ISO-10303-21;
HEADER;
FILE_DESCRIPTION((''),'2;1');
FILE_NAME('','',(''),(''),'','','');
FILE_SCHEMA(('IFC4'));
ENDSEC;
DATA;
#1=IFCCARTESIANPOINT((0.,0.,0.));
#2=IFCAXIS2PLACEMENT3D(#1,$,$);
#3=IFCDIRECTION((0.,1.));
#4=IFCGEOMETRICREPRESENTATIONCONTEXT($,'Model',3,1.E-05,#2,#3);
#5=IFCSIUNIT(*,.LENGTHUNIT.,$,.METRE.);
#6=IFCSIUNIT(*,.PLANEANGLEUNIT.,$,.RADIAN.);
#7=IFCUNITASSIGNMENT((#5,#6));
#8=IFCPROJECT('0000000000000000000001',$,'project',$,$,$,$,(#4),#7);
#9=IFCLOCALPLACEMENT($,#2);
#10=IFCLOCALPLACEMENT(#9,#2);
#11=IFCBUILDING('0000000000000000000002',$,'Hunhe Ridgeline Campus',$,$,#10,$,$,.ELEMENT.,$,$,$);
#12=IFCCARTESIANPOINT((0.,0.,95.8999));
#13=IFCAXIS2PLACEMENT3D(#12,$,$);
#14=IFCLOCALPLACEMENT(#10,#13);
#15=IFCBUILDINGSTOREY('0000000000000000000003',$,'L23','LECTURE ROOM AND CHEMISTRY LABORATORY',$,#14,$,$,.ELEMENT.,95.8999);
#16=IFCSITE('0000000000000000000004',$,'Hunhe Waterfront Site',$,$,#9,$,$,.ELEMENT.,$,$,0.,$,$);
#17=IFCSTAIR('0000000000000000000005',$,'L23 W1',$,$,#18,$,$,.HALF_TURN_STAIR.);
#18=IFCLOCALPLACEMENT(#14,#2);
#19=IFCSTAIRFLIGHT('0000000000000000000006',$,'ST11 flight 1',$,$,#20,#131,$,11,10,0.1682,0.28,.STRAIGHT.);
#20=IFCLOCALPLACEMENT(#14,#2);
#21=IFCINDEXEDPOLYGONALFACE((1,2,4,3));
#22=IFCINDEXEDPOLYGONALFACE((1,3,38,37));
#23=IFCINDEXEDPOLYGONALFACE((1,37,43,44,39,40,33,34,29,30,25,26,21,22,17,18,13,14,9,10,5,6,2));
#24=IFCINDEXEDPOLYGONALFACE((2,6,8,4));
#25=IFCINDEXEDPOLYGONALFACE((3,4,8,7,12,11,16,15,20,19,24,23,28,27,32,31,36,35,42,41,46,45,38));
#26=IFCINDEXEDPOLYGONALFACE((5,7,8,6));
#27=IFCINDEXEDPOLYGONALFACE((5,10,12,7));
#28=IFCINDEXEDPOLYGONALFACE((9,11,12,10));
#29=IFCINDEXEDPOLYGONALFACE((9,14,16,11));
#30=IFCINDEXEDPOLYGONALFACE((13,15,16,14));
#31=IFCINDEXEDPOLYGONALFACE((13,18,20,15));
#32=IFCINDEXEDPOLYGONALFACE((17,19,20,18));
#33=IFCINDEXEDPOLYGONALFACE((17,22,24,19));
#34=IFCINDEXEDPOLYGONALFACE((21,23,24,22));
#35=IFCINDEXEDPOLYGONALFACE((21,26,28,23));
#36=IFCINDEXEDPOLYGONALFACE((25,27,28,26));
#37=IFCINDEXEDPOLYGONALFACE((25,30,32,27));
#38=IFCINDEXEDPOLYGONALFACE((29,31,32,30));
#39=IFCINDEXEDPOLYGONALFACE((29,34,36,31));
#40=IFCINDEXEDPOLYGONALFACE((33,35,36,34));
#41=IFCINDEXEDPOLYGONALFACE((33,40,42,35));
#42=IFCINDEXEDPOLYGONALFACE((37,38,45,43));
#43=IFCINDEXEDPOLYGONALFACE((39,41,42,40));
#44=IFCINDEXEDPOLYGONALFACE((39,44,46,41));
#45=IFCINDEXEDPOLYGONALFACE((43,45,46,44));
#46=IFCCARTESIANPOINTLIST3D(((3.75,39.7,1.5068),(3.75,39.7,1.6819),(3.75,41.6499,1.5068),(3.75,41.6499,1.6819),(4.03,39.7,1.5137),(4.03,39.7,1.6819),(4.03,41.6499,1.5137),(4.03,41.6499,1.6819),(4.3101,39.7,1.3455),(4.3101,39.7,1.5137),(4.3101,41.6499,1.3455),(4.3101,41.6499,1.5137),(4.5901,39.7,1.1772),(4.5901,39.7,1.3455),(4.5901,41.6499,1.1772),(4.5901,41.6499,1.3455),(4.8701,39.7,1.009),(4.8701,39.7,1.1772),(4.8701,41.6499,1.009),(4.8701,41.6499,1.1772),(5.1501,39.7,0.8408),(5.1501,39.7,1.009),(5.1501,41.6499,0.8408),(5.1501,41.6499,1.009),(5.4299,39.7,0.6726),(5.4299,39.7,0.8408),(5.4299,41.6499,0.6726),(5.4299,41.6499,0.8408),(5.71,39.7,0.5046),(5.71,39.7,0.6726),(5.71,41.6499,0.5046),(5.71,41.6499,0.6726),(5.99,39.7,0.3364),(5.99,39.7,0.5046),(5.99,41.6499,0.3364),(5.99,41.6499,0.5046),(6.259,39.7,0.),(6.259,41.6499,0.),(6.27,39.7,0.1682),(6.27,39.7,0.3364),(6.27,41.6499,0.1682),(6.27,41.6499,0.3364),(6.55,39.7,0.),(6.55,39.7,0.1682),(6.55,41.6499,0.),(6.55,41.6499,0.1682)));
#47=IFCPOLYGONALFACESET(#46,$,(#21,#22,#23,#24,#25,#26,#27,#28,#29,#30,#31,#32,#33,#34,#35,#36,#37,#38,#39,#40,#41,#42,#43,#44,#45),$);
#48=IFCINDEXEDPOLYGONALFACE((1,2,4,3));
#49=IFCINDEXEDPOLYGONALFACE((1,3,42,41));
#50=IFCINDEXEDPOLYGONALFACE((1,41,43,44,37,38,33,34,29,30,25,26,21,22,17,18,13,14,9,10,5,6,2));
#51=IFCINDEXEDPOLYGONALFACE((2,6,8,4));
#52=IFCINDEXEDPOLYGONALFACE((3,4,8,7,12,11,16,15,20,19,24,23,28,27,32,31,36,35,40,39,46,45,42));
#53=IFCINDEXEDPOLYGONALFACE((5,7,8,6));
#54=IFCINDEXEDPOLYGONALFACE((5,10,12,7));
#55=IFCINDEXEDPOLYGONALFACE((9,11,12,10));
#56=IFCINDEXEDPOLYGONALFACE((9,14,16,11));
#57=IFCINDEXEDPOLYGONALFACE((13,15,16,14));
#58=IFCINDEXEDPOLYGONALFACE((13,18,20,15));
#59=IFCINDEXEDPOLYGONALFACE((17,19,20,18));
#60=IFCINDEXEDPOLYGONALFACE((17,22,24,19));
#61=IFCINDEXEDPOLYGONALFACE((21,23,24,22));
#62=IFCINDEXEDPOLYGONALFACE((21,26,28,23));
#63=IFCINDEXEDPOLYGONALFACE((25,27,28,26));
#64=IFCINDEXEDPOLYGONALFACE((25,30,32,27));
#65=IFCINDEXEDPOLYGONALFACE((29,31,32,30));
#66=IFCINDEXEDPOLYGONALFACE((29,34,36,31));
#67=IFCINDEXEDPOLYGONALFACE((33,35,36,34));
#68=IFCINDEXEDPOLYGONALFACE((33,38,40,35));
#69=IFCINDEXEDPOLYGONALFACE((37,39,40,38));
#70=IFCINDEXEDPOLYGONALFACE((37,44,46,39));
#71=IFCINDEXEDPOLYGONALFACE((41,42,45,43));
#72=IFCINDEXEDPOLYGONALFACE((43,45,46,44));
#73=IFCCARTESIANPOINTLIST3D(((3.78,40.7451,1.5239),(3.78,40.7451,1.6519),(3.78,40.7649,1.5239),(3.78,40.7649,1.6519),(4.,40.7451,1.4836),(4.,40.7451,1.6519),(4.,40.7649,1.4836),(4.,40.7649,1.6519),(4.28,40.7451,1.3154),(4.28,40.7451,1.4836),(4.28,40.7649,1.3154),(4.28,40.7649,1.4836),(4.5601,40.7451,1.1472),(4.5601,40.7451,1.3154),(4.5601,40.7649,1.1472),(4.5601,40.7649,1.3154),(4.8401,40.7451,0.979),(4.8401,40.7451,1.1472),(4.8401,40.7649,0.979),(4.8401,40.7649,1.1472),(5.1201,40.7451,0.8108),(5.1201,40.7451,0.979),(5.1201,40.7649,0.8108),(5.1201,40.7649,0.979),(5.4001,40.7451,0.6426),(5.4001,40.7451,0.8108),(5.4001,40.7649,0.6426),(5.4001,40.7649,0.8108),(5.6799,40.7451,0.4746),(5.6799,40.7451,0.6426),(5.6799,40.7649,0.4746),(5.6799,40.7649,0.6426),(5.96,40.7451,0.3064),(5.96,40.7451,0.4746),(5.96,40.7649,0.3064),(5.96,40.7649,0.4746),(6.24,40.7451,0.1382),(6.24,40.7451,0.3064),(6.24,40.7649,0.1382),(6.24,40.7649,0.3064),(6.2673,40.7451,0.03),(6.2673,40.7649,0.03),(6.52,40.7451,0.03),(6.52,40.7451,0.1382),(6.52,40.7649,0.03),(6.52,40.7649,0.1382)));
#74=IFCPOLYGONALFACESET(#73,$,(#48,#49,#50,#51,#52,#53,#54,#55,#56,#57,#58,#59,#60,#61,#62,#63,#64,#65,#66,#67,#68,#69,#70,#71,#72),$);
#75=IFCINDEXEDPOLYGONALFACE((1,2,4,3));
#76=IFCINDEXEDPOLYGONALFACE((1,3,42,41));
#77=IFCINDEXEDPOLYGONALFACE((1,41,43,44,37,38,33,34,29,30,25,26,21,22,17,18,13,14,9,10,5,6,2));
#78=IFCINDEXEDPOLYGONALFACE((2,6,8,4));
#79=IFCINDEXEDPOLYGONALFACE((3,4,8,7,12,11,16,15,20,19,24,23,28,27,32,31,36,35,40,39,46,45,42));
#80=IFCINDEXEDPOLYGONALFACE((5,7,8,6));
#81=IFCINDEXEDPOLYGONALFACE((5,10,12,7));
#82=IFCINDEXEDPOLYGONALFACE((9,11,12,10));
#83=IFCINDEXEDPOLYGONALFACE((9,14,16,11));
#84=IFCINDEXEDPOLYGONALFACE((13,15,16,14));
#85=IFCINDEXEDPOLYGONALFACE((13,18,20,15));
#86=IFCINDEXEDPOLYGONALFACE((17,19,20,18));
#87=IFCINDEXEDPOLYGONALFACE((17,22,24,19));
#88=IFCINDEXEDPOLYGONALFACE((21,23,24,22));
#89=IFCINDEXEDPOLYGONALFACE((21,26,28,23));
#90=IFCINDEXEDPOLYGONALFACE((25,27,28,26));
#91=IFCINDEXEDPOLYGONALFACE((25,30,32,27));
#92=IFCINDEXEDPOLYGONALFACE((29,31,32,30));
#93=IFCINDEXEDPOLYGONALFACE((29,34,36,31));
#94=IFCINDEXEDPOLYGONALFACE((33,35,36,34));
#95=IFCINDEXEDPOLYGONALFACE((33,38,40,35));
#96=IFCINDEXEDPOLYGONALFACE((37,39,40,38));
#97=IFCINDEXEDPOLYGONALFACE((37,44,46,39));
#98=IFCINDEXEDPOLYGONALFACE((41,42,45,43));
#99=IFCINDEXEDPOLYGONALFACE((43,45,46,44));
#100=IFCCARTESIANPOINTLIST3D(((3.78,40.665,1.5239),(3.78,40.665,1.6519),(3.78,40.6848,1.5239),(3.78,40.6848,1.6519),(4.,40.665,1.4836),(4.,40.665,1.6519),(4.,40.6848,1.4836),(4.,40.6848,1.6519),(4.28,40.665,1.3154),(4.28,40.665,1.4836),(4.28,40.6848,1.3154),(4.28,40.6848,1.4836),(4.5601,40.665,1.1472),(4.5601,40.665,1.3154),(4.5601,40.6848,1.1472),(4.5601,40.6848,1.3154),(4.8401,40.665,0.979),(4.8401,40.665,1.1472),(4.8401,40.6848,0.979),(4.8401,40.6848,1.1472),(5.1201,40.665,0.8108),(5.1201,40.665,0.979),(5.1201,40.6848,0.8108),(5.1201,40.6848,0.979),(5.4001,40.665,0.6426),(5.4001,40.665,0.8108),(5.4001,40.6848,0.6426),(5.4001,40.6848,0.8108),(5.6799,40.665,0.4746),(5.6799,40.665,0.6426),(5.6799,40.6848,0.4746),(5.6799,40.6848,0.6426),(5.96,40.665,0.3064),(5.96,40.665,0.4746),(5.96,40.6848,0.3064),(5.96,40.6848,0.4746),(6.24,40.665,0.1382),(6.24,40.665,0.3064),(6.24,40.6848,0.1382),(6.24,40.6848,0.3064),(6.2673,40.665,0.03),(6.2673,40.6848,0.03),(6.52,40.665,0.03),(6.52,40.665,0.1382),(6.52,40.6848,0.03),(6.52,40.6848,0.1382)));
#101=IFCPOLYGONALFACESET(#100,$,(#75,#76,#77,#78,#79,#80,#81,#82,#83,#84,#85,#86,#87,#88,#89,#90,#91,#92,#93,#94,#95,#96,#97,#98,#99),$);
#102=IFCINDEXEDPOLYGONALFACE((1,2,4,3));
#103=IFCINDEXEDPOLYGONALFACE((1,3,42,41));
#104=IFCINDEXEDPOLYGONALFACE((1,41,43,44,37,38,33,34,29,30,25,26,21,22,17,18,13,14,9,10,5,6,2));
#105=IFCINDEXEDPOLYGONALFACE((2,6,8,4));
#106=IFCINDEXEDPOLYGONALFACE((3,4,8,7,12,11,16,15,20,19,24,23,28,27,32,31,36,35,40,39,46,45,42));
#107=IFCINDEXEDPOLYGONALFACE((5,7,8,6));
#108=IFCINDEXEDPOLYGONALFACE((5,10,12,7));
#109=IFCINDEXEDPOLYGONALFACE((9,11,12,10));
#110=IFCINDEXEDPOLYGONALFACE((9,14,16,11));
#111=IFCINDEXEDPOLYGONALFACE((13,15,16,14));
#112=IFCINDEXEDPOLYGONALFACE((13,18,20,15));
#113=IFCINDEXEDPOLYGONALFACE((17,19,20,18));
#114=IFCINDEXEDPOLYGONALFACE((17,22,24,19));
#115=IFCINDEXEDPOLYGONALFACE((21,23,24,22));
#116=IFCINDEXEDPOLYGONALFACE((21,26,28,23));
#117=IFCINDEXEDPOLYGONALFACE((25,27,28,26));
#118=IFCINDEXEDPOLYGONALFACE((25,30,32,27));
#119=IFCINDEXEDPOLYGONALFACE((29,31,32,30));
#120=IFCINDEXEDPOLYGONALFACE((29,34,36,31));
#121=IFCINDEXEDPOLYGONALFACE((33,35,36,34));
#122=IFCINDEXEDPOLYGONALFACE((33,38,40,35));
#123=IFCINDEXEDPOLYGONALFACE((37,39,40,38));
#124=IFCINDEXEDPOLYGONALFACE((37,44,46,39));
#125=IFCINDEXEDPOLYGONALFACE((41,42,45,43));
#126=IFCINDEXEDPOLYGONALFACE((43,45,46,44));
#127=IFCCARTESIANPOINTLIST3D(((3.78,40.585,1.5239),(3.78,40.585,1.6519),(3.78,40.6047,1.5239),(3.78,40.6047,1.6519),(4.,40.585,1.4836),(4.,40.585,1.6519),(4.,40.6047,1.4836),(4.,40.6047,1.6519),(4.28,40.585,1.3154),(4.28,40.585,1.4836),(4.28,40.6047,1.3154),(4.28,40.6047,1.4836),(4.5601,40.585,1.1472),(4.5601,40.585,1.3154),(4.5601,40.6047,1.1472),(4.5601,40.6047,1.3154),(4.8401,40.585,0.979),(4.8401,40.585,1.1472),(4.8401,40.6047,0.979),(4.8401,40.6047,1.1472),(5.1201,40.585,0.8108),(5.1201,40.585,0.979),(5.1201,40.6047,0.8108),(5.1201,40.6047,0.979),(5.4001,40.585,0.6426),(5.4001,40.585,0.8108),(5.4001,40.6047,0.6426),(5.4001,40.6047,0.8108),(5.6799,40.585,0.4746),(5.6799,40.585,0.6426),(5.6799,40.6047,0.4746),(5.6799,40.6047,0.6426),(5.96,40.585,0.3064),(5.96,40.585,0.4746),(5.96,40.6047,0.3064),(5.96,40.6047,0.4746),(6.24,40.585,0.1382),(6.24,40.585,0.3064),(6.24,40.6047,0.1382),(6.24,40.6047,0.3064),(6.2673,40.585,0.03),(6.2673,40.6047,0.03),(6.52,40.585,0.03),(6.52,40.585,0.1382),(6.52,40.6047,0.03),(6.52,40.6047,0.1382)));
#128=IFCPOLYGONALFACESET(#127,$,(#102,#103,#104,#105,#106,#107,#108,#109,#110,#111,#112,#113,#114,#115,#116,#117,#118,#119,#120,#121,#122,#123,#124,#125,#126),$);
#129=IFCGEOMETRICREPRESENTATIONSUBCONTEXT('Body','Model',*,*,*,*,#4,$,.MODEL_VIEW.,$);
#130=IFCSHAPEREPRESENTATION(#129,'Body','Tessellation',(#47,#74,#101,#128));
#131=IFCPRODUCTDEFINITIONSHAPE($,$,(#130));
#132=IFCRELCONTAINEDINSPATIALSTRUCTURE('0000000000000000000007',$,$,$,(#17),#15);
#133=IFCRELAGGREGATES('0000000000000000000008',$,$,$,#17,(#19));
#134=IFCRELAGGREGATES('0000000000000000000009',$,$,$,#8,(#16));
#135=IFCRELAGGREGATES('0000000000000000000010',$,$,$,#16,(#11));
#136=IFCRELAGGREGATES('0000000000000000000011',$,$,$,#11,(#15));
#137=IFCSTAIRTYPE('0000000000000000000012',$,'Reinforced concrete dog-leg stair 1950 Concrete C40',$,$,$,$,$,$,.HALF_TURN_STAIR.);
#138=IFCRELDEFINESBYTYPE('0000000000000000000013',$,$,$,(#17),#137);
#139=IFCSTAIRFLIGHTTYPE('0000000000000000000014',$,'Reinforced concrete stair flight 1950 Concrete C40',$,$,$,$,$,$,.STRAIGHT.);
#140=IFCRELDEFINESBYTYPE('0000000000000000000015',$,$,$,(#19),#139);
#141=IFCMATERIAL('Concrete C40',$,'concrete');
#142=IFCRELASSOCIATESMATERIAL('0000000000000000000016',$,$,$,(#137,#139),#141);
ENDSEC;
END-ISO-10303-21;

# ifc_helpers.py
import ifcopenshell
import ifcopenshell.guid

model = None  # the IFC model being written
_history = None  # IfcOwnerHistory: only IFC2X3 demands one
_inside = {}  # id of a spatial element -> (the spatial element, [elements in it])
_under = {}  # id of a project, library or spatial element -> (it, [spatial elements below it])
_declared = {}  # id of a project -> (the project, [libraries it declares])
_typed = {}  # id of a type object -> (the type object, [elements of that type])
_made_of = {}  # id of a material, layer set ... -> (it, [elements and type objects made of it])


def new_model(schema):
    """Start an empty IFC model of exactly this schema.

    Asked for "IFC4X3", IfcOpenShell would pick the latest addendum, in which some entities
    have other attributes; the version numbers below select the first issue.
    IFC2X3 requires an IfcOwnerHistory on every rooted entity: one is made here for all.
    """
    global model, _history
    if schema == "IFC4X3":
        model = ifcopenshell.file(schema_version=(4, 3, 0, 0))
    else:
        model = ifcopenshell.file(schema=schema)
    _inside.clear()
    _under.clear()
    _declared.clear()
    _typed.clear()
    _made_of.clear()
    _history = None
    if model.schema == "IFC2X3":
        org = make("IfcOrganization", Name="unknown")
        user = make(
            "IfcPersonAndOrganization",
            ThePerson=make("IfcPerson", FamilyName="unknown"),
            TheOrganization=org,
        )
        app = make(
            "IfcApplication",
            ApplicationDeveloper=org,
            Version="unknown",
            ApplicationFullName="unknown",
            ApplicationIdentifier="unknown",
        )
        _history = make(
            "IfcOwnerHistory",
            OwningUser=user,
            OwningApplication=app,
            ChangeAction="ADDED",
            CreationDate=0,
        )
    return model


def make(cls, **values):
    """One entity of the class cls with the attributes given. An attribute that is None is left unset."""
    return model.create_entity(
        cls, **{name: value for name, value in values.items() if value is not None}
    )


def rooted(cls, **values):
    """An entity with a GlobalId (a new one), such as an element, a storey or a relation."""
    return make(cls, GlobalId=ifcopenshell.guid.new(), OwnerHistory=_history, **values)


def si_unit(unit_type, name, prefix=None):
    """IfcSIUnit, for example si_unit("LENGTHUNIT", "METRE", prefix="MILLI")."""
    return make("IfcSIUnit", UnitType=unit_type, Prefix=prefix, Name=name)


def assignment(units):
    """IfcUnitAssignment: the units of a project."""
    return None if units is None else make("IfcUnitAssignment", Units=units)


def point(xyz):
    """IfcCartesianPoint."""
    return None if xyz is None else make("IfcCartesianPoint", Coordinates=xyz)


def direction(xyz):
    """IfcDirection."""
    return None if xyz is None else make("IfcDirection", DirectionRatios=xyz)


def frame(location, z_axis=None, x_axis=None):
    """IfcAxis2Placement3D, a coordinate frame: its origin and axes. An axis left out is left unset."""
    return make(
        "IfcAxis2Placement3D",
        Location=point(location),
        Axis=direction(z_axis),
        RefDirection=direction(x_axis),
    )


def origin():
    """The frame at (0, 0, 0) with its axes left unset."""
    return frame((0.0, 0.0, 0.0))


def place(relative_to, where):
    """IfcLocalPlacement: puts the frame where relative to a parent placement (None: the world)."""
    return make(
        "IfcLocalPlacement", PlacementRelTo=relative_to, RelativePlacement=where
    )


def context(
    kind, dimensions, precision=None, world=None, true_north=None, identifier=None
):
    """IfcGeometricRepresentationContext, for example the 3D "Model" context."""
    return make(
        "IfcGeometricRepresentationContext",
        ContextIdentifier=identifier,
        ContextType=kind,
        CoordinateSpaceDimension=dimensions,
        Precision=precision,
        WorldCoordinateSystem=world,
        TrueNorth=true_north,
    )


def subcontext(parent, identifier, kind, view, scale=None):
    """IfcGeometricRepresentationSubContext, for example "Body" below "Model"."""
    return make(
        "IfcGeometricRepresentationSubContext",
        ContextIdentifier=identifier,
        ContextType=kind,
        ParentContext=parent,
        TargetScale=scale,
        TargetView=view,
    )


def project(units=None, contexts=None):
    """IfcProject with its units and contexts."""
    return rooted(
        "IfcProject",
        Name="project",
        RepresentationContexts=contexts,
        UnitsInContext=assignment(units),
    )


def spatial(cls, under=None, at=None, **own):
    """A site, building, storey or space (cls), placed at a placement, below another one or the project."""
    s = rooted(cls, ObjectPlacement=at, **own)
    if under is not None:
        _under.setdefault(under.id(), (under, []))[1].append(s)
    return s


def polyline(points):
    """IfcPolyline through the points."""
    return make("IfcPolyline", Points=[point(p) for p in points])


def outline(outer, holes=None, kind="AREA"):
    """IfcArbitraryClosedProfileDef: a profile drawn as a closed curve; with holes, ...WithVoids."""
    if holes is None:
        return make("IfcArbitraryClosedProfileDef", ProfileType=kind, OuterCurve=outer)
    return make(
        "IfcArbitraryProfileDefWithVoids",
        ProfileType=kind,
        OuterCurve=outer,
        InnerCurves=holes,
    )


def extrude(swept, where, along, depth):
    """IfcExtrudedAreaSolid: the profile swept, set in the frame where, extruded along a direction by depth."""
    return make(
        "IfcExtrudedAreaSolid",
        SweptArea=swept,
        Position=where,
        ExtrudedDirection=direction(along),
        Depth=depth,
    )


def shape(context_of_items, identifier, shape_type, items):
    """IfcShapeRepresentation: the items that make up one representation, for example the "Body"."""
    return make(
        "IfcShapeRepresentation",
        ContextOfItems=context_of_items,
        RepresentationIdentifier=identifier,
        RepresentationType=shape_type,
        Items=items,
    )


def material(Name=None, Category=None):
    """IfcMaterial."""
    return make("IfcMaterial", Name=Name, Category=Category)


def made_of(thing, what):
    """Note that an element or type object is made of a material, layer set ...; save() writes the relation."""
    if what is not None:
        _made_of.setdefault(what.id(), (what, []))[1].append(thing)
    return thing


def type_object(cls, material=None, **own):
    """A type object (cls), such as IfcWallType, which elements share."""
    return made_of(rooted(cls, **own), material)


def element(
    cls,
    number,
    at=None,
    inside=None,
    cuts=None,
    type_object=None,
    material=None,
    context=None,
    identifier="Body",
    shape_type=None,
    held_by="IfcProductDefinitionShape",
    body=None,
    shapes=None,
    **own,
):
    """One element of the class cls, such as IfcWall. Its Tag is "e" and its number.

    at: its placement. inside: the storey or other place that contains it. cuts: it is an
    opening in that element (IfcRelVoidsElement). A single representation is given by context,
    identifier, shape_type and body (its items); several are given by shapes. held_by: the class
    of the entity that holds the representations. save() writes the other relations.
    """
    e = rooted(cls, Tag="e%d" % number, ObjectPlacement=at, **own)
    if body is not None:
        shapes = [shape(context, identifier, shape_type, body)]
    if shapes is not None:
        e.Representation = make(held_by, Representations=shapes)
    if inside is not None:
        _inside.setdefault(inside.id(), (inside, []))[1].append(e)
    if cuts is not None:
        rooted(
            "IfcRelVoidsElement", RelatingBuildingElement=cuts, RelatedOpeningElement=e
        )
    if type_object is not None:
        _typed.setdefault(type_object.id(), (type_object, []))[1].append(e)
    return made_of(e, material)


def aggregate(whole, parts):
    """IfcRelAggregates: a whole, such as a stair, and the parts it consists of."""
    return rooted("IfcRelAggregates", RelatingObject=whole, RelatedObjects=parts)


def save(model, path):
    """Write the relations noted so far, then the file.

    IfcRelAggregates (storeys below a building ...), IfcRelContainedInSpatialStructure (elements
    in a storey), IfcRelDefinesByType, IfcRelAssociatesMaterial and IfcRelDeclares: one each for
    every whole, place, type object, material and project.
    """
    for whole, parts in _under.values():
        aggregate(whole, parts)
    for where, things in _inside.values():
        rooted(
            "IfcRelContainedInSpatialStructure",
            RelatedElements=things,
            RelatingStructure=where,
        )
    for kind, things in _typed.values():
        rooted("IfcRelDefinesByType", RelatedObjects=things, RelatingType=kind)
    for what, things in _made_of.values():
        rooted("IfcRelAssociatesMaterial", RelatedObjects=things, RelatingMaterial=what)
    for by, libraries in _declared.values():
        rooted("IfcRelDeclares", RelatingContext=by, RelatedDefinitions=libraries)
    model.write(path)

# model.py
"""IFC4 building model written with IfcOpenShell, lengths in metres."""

from ifc_helpers import new_model, si_unit, direction, frame, origin, place, context, subcontext, project, spatial, polyline, outline, extrude, material, type_object, element, aggregate, save


model = new_model("IFC4")

# Units and contexts
model_context = context("Model", 3, precision=1e-05, world=origin(), true_north=direction((0.0, 1.0)))
body_context = subcontext(model_context, "Body", "Model", "MODEL_VIEW")
ifc_project = project(units=[si_unit("LENGTHUNIT", "METRE"), si_unit("PLANEANGLEUNIT", "RADIAN")], contexts=[model_context])

# Site, building, storey
site_placement = place(None, origin())
site = spatial("IfcSite", under=ifc_project, at=site_placement, Name="Hunhe Waterfront Site", CompositionType="ELEMENT", RefElevation=0.0)
building_placement = place(site_placement, origin())
building = spatial("IfcBuilding", under=site, at=building_placement, Name="Hunhe Ridgeline Campus", CompositionType="ELEMENT")
storey_placement = place(building_placement, frame((0.0, 0.0, 95.8999)))
storey = spatial("IfcBuildingStorey", under=building, at=storey_placement, Name="L23", Description="LECTURE ROOM AND CHEMISTRY LABORATORY", CompositionType="ELEMENT", Elevation=95.8999)

# Shared definitions
ifc_material_1 = material(Name="Concrete C40", Category="concrete")
stair_type = type_object("IfcStairType", Name="Reinforced concrete dog-leg stair 1950 Concrete C40", PredefinedType="HALF_TURN_STAIR", material=ifc_material_1)
stair_flight_type = type_object("IfcStairFlightType", Name="Reinforced concrete stair flight 1950 Concrete C40", PredefinedType="STRAIGHT", material=ifc_material_1)

# Stair, stair flight
stair_1_placement = place(storey_placement, origin())
stair_1 = element("IfcStair", 1, at=stair_1_placement, inside=storey, type_object=stair_type, Name="L23 W1", PredefinedType="HALF_TURN_STAIR")
stair_flight_1_placement = place(storey_placement, frame((6.55, 40.675, 0.0), z_axis=(0.0, 0.0, 1.0), x_axis=(-1.0, 0.0, 0.0)))
stair_flight_1 = element("IfcStairFlight", 2, at=stair_flight_1_placement, type_object=stair_flight_type, Name="ST11 flight 1", NumberOfRisers=11, NumberOfTreads=10, PredefinedType="STRAIGHT", RiserHeight=0.1682, TreadLength=0.28, context=body_context, shape_type="SweptSolid", body=[
    extrude(outline(polyline([(0.0, 0.0), (0.0, 0.1682), (0.28, 0.1682), (0.28, 0.3364), (0.5601, 0.3364), (0.5601, 0.5046), (0.8401, 0.5046), (0.8401, 0.6726), (1.1201, 0.6726), (1.1201, 0.8408), (1.3999, 0.8408), (1.3999, 1.009), (1.6799, 1.009), (1.6799, 1.1772), (1.96, 1.1772), (1.96, 1.3455), (2.24, 1.3455), (2.24, 1.5137), (2.52, 1.5137), (2.52, 1.6819), (2.8, 1.6819), (2.8, 1.8501), (2.8, 1.5068), (0.291, 0.0), (0.0, 0.0)])), frame((0.0, 0.9751, 0.0), z_axis=(0.0, -1.0, 0.0), x_axis=(1.0, 0.0, 0.0)), (0.0, 0.0, 1.0), 1.95),
    extrude(outline(polyline([(0.03, 0.03), (0.03, 0.1382), (0.3101, 0.1382), (0.3101, 0.3064), (0.5901, 0.3064), (0.5901, 0.4746), (0.8701, 0.4746), (0.8701, 0.6426), (1.1499, 0.6426), (1.1499, 0.8108), (1.4299, 0.8108), (1.4299, 0.979), (1.71, 0.979), (1.71, 1.1472), (1.99, 1.1472), (1.99, 1.3154), (2.27, 1.3154), (2.27, 1.4836), (2.55, 1.4836), (2.55, 1.6519), (2.77, 1.6519), (2.77, 1.5239), (0.2827, 0.03), (0.03, 0.03)])), frame((0.0, -0.0701, 0.0), z_axis=(0.0, -1.0, 0.0), x_axis=(1.0, 0.0, 0.0)), (0.0, 0.0, 1.0), 0.0198),
    extrude(outline(polyline([(0.03, 0.03), (0.03, 0.1382), (0.3101, 0.1382), (0.3101, 0.3064), (0.5901, 0.3064), (0.5901, 0.4746), (0.8701, 0.4746), (0.8701, 0.6426), (1.1499, 0.6426), (1.1499, 0.8108), (1.4299, 0.8108), (1.4299, 0.979), (1.71, 0.979), (1.71, 1.1472), (1.99, 1.1472), (1.99, 1.3154), (2.27, 1.3154), (2.27, 1.4836), (2.55, 1.4836), (2.55, 1.6519), (2.77, 1.6519), (2.77, 1.5239), (0.2827, 0.03), (0.03, 0.03)])), frame((0.0, 0.01, 0.0), z_axis=(0.0, -1.0, 0.0), x_axis=(1.0, 0.0, 0.0)), (0.0, 0.0, 1.0), 0.0198),
    extrude(outline(polyline([(0.03, 0.03), (0.03, 0.1382), (0.3101, 0.1382), (0.3101, 0.3064), (0.5901, 0.3064), (0.5901, 0.4746), (0.8701, 0.4746), (0.8701, 0.6426), (1.1499, 0.6426), (1.1499, 0.8108), (1.4299, 0.8108), (1.4299, 0.979), (1.71, 0.979), (1.71, 1.1472), (1.99, 1.1472), (1.99, 1.3154), (2.27, 1.3154), (2.27, 1.4836), (2.55, 1.4836), (2.55, 1.6519), (2.77, 1.6519), (2.77, 1.5239), (0.2827, 0.03), (0.03, 0.03)])), frame((0.0, 0.0901, 0.0), z_axis=(0.0, -1.0, 0.0), x_axis=(1.0, 0.0, 0.0)), (0.0, 0.0, 1.0), 0.0198),
])
aggregate(stair_1, [stair_flight_1])

save(model, "model.ifc")
